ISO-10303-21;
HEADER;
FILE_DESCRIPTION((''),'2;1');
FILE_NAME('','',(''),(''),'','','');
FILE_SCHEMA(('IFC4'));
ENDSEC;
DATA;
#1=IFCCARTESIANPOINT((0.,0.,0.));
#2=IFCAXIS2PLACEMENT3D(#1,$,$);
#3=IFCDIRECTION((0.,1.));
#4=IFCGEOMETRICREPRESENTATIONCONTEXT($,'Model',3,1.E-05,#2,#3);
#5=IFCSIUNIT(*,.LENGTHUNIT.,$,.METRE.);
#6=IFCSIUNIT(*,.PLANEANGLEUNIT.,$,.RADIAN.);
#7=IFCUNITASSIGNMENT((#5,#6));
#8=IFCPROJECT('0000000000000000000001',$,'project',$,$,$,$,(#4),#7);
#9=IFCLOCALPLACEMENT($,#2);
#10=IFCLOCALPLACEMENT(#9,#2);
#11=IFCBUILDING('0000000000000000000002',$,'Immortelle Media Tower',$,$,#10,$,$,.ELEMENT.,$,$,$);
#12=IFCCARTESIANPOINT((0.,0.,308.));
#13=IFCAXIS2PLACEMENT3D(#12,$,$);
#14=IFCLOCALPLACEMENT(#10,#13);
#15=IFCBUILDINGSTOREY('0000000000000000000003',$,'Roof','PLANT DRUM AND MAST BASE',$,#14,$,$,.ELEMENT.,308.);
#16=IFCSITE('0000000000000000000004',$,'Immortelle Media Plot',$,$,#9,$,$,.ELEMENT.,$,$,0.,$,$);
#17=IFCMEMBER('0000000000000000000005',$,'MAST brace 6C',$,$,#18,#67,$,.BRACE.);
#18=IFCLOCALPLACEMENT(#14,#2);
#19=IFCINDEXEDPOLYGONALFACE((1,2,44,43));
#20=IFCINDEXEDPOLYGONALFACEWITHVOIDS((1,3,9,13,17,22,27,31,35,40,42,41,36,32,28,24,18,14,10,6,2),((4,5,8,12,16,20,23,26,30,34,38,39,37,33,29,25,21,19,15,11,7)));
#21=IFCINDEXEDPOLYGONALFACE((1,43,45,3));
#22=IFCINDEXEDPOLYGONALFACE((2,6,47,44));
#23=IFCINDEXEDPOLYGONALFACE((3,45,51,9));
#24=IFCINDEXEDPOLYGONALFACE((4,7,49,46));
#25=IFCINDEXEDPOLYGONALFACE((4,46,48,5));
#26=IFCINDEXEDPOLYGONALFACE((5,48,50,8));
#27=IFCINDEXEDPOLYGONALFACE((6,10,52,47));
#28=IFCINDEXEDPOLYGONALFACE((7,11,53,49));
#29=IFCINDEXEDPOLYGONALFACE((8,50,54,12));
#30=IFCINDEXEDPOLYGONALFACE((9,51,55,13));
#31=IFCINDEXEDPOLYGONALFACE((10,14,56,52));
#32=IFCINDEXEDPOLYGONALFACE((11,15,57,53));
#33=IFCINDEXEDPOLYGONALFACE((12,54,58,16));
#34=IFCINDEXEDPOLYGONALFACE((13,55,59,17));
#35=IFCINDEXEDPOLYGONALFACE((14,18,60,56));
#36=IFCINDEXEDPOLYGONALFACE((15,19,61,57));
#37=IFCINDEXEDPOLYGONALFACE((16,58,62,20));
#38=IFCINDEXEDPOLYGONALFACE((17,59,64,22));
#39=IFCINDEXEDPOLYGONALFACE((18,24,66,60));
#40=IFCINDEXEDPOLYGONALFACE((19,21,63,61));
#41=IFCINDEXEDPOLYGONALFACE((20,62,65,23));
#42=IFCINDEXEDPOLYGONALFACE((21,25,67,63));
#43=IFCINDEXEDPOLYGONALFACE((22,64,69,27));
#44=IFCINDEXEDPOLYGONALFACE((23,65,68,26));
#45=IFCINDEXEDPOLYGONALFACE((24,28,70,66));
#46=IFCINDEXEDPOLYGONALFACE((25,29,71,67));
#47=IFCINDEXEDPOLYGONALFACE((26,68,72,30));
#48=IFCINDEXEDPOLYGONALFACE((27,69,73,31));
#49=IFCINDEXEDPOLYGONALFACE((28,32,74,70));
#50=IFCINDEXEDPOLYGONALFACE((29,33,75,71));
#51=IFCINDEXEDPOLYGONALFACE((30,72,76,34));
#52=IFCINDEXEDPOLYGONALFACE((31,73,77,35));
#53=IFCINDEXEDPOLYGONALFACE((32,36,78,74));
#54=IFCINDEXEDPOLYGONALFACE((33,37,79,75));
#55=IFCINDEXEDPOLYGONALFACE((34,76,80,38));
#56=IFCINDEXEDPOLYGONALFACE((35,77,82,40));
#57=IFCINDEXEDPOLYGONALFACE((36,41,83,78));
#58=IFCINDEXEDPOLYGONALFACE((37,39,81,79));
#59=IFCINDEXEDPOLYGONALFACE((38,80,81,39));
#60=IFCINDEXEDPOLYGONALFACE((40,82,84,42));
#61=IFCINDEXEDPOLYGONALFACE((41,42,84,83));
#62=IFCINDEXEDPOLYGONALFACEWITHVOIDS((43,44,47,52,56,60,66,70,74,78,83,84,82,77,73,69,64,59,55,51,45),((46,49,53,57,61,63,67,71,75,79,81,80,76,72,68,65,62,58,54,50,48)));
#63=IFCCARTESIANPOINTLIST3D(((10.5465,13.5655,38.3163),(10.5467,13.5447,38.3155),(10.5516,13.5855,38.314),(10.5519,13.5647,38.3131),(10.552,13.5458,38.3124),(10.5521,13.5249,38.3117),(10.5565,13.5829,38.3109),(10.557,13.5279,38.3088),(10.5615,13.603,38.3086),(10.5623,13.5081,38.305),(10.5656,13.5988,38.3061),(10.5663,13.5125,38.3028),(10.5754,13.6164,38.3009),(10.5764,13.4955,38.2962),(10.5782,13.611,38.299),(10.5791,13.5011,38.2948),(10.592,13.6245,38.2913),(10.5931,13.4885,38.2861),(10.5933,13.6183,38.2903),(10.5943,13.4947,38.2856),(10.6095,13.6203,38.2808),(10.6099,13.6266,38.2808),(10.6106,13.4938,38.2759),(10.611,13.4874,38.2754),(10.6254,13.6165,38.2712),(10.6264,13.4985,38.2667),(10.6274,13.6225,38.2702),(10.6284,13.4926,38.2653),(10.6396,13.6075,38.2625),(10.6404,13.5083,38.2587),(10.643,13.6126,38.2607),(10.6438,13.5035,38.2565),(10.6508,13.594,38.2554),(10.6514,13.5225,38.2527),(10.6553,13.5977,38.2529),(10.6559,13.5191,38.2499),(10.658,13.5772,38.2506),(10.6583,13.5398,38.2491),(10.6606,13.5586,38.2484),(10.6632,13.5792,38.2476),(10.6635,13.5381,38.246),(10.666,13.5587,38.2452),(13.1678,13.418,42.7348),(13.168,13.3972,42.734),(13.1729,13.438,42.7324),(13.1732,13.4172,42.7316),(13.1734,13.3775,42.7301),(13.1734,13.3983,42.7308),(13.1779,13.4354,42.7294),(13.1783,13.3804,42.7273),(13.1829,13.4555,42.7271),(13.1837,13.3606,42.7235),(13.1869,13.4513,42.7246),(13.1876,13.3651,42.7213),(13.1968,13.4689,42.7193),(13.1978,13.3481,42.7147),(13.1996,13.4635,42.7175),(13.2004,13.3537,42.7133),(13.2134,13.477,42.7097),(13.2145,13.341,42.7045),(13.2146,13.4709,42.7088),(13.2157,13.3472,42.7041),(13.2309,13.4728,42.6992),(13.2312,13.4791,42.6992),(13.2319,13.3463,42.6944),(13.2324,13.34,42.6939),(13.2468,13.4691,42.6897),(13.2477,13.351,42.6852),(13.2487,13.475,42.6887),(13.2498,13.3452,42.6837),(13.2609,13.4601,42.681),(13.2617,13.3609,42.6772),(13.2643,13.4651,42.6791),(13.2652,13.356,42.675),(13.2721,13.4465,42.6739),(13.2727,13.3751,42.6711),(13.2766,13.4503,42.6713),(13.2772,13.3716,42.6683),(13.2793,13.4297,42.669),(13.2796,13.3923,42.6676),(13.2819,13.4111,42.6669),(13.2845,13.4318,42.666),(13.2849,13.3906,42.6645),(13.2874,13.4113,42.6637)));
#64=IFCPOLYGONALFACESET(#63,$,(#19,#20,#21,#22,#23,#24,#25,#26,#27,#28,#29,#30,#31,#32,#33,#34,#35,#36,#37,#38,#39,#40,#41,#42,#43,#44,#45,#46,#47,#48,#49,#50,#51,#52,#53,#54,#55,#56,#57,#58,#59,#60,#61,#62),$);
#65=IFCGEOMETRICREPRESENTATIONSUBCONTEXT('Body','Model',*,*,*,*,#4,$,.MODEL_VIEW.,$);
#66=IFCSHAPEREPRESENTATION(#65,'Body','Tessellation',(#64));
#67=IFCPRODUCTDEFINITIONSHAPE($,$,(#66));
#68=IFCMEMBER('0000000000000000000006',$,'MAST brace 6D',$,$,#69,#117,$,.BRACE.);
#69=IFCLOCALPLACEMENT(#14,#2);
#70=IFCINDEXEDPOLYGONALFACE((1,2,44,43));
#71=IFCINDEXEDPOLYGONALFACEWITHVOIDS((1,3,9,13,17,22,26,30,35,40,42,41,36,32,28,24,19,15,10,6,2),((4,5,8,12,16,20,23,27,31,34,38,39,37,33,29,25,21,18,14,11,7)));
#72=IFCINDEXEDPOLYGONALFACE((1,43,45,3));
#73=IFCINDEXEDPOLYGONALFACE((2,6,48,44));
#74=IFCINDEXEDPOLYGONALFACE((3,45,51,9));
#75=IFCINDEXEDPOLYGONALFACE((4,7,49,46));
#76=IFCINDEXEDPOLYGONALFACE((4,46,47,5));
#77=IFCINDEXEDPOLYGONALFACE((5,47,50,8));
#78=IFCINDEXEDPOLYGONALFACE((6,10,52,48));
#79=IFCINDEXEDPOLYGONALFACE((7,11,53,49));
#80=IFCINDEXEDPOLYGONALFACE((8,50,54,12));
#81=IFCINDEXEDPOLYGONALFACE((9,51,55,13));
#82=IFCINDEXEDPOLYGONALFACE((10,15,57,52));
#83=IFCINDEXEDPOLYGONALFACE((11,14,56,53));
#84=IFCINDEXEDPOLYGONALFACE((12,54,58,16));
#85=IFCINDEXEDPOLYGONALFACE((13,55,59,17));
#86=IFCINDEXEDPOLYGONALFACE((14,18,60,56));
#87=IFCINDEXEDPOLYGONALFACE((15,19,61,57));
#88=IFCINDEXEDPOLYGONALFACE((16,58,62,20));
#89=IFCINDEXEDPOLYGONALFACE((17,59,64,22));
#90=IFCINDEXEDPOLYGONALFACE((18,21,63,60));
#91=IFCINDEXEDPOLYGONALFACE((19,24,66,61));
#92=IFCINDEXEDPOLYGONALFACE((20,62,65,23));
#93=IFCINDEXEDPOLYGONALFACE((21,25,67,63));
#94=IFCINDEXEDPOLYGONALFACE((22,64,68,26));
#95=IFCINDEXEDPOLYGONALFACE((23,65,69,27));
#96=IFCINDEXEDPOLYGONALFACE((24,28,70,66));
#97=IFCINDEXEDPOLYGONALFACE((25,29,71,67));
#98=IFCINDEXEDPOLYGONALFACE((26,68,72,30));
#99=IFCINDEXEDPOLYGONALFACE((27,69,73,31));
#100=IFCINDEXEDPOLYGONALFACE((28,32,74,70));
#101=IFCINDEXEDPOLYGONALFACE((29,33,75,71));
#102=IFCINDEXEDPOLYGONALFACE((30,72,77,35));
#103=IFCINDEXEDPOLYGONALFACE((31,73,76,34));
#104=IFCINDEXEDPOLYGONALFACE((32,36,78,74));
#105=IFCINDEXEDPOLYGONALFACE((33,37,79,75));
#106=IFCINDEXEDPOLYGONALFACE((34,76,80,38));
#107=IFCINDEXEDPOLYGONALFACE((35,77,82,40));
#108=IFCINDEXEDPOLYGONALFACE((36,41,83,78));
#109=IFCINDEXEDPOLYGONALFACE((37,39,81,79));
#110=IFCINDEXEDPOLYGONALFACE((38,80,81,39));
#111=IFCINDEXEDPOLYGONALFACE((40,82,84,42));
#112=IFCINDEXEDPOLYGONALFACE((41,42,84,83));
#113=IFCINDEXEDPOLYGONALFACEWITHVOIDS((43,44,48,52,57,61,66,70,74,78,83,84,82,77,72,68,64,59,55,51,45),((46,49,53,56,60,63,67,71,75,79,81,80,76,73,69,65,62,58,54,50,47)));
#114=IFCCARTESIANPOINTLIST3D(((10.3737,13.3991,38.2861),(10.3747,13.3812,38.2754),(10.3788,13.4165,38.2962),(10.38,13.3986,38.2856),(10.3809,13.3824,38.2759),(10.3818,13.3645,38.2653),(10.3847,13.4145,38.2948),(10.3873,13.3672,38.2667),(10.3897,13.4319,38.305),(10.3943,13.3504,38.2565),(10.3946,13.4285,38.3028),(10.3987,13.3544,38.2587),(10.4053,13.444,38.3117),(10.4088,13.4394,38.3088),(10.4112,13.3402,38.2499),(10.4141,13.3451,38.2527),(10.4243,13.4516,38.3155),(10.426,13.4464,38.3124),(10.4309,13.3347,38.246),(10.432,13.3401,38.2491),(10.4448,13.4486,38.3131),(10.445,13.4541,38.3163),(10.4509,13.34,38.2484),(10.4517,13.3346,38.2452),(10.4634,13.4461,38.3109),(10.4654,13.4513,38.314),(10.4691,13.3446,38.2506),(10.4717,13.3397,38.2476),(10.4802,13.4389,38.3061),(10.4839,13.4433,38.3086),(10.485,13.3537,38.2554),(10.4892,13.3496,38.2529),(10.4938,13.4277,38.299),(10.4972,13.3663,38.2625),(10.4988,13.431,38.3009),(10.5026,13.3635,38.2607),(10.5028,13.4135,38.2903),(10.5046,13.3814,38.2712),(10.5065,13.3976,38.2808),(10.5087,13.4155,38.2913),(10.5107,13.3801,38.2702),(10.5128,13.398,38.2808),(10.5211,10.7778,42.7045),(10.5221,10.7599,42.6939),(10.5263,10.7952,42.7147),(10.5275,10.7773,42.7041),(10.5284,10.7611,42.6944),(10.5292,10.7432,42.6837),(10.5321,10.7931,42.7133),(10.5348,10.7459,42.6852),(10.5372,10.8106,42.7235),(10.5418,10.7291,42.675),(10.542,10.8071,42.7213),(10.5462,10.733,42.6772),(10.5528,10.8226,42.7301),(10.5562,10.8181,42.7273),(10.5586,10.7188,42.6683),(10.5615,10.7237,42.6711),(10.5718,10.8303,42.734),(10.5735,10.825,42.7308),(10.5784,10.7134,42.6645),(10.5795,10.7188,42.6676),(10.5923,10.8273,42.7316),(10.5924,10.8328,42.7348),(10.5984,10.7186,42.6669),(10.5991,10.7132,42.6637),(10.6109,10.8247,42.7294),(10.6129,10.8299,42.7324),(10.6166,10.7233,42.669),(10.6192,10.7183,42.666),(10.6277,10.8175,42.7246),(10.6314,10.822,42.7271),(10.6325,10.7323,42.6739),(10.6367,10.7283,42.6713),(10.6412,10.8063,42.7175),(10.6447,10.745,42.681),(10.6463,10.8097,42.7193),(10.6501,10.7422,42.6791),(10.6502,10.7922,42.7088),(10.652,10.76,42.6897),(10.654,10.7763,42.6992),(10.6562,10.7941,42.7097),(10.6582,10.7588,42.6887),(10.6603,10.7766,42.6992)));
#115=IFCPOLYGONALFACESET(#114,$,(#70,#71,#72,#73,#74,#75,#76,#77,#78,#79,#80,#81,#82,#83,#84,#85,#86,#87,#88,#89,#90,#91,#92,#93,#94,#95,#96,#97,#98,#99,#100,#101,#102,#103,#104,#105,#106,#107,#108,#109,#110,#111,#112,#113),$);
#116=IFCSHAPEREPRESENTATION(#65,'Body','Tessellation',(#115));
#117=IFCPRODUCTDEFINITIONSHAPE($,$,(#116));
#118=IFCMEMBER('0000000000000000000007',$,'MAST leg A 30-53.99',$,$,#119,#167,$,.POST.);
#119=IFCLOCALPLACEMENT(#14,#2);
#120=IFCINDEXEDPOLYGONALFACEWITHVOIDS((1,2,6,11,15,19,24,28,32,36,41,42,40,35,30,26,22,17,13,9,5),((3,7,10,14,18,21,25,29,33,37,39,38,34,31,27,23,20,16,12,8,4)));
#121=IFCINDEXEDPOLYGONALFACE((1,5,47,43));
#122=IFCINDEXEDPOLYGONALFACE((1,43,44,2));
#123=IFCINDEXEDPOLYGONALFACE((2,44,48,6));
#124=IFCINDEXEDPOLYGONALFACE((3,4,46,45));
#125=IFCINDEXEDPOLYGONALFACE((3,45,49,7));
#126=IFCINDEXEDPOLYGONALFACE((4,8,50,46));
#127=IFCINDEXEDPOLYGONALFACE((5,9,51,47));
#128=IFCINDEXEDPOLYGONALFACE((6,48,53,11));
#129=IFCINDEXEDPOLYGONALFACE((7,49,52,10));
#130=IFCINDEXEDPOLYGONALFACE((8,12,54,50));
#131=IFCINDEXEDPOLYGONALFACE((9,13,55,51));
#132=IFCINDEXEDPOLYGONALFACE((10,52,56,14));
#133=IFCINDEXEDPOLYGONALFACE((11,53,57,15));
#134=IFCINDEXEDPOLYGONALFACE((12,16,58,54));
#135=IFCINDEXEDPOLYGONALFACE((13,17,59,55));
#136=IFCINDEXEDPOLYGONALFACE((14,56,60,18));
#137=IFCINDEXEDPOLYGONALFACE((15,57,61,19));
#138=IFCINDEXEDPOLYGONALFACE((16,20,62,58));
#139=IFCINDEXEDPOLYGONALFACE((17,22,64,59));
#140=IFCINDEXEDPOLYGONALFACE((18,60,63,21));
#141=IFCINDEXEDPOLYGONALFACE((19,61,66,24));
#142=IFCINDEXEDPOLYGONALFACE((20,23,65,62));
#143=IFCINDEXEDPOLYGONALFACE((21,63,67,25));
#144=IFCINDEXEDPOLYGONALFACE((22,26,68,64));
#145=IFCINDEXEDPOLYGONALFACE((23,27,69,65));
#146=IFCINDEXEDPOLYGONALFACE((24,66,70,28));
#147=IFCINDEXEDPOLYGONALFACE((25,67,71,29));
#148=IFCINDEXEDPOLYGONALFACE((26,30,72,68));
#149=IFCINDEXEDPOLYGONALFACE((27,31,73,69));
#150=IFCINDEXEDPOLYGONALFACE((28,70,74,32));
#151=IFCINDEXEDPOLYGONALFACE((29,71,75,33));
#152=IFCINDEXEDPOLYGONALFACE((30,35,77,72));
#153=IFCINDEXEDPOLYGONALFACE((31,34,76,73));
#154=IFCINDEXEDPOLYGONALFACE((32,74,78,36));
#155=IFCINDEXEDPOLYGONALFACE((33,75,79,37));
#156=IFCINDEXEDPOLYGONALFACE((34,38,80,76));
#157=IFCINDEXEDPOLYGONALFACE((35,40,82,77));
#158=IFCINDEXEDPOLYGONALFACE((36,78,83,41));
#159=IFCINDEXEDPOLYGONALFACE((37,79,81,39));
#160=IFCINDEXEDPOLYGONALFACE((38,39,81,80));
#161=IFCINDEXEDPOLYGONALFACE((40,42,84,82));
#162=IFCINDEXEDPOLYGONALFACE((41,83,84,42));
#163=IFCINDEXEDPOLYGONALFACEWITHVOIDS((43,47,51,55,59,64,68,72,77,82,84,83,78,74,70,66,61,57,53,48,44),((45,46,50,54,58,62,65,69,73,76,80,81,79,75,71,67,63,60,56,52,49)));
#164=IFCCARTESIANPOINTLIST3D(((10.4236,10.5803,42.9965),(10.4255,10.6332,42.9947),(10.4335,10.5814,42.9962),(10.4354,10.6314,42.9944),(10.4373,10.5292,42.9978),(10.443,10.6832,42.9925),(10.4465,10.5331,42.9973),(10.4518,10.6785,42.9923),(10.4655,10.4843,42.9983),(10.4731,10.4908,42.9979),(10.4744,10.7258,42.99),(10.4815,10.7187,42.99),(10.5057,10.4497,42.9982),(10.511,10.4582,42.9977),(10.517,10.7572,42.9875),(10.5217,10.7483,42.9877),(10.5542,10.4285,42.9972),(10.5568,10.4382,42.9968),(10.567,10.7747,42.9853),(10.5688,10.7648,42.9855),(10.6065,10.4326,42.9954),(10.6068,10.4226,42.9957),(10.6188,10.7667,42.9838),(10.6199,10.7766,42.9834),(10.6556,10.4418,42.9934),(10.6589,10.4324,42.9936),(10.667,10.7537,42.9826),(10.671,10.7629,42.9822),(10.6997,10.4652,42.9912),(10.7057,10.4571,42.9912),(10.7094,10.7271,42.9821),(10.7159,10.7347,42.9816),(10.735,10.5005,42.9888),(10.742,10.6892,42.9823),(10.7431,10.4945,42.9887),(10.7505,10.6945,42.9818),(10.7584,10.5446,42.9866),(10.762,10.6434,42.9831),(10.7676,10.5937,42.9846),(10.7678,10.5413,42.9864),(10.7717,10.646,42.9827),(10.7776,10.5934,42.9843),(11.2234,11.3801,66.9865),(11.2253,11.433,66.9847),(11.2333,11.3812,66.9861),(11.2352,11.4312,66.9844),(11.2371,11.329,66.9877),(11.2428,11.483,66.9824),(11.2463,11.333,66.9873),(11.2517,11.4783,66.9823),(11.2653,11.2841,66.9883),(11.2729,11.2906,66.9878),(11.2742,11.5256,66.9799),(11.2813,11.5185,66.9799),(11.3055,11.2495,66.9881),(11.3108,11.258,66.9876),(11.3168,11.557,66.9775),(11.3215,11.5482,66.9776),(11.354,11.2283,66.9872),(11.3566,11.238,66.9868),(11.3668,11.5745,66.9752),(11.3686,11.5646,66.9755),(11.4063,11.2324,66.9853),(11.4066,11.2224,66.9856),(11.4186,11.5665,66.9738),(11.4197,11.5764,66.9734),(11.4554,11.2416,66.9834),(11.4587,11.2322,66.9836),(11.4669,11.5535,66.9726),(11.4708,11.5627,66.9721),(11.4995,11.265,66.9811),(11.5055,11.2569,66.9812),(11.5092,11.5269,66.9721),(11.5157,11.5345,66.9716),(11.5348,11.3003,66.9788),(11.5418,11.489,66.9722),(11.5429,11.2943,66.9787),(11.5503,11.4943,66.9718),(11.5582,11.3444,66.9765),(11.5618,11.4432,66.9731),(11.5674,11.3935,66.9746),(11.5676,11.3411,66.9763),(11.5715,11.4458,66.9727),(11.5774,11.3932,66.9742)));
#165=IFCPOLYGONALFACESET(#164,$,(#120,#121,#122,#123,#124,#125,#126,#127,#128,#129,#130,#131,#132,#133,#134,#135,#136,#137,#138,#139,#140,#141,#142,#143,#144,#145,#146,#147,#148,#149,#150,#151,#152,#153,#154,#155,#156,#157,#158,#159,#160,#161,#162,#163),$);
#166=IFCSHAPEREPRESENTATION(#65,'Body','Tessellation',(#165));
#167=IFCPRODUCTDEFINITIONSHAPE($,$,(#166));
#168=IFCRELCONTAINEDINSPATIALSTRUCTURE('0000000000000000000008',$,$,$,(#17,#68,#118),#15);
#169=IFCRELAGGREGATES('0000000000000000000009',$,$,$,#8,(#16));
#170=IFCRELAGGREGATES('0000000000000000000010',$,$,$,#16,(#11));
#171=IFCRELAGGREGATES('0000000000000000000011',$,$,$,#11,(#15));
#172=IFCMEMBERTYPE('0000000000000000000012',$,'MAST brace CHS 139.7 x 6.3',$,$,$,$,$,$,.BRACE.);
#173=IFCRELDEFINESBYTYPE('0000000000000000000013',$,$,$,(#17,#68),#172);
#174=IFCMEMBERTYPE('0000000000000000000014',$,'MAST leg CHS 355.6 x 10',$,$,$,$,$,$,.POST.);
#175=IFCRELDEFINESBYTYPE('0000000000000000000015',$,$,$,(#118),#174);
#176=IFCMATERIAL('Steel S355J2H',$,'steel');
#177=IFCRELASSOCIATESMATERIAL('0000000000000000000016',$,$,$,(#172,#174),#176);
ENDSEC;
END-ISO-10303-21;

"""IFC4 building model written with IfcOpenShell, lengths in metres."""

from ifc_helpers import new_model, si_unit, direction, frame, origin, origin_2d, place, context, subcontext, project, spatial, hollow_circle, extrude, material, material_profile, profile_set, type_object, element, save


model = new_model("IFC4")

# Units and contexts
model_context = context("Model", 3, precision=1e-05, world=origin(), true_north=direction((0.0, 1.0)))
body_context = subcontext(model_context, "Body", "Model", "MODEL_VIEW")
ifc_project = project(units=[si_unit("LENGTHUNIT", "METRE"), si_unit("PLANEANGLEUNIT", "RADIAN")], contexts=[model_context])

# Site, building, storey
site_placement = place(None, origin())
site = spatial("IfcSite", under=ifc_project, at=site_placement, Name="Immortelle Media Plot", CompositionType="ELEMENT", RefElevation=0.0)
building_placement = place(site_placement, origin())
building = spatial("IfcBuilding", under=site, at=building_placement, Name="Immortelle Media Tower", CompositionType="ELEMENT")
storey_placement = place(building_placement, frame((0.0, 0.0, 308.0)))
storey = spatial("IfcBuildingStorey", under=building, at=storey_placement, Name="Roof", Description="PLANT DRUM AND MAST BASE", CompositionType="ELEMENT", Elevation=308.0)

# Members
ifc_material_1 = material(Name="Steel S355J2H", Category="steel")
ifc_material_profile_1 = material_profile(ifc_material_1, hollow_circle(Radius=0.0698, WallThickness=0.0063, at=origin_2d()), Name="CHS 139.7 x 6.3")
ifc_profile_set_1 = profile_set([ifc_material_profile_1], Name="Steel S355J2H")
member_type_1 = type_object("IfcMemberType", Name="MAST brace CHS 139.7 x 6.3", PredefinedType="BRACE", material=ifc_profile_set_1)
for number, where, z_axis, x_axis, name in (
    (1, (10.606, 13.5569, 38.2808), (0.510023, -0.028691, 0.859682), (0.056165, 0.998421, 0.0), "MAST brace 6C"),
    (2, (10.4431, 13.394, 38.2808), (0.028691, -0.510023, 0.859682), (0.998421, 0.056165, 0.0), "MAST brace 6D"),
):
    element("IfcMember", number, at=place(storey_placement, frame(where, z_axis=z_axis, x_axis=x_axis)), inside=storey, type_object=member_type_1, Name=name, PredefinedType="BRACE", context=body_context, shape_type="SweptSolid", body=[
        extrude(hollow_circle(Radius=0.0698, WallThickness=0.0063, at=origin_2d()), origin(), (0.0, 0.0, 1.0), 5.1396),
    ])
ifc_material_profile_2 = material_profile(ifc_material_1, hollow_circle(Radius=0.1777, WallThickness=0.01, at=origin_2d()), Name="CHS 355.6 x 10")
ifc_profile_set_2 = profile_set([ifc_material_profile_2], Name="Steel S355J2H")
member_type_2 = type_object("IfcMemberType", Name="MAST leg CHS 355.6 x 10", PredefinedType="POST", material=ifc_profile_set_2)
for number, where, z_axis, x_axis, name in (
    (3, (10.6001, 10.6001, 42.99), (0.033302, 0.033302, 0.99889), (-0.707107, 0.707107, 0.0), "MAST leg A 30-53.99"),
):
    element("IfcMember", number, at=place(storey_placement, frame(where, z_axis=z_axis, x_axis=x_axis)), inside=storey, type_object=member_type_2, Name=name, PredefinedType="POST", context=body_context, shape_type="SweptSolid", body=[
        extrude(hollow_circle(Radius=0.1777, WallThickness=0.01, at=origin_2d()), origin(), (0.0, 0.0, 1.0), 24.0166),
    ])

save(model, "model.ifc")
